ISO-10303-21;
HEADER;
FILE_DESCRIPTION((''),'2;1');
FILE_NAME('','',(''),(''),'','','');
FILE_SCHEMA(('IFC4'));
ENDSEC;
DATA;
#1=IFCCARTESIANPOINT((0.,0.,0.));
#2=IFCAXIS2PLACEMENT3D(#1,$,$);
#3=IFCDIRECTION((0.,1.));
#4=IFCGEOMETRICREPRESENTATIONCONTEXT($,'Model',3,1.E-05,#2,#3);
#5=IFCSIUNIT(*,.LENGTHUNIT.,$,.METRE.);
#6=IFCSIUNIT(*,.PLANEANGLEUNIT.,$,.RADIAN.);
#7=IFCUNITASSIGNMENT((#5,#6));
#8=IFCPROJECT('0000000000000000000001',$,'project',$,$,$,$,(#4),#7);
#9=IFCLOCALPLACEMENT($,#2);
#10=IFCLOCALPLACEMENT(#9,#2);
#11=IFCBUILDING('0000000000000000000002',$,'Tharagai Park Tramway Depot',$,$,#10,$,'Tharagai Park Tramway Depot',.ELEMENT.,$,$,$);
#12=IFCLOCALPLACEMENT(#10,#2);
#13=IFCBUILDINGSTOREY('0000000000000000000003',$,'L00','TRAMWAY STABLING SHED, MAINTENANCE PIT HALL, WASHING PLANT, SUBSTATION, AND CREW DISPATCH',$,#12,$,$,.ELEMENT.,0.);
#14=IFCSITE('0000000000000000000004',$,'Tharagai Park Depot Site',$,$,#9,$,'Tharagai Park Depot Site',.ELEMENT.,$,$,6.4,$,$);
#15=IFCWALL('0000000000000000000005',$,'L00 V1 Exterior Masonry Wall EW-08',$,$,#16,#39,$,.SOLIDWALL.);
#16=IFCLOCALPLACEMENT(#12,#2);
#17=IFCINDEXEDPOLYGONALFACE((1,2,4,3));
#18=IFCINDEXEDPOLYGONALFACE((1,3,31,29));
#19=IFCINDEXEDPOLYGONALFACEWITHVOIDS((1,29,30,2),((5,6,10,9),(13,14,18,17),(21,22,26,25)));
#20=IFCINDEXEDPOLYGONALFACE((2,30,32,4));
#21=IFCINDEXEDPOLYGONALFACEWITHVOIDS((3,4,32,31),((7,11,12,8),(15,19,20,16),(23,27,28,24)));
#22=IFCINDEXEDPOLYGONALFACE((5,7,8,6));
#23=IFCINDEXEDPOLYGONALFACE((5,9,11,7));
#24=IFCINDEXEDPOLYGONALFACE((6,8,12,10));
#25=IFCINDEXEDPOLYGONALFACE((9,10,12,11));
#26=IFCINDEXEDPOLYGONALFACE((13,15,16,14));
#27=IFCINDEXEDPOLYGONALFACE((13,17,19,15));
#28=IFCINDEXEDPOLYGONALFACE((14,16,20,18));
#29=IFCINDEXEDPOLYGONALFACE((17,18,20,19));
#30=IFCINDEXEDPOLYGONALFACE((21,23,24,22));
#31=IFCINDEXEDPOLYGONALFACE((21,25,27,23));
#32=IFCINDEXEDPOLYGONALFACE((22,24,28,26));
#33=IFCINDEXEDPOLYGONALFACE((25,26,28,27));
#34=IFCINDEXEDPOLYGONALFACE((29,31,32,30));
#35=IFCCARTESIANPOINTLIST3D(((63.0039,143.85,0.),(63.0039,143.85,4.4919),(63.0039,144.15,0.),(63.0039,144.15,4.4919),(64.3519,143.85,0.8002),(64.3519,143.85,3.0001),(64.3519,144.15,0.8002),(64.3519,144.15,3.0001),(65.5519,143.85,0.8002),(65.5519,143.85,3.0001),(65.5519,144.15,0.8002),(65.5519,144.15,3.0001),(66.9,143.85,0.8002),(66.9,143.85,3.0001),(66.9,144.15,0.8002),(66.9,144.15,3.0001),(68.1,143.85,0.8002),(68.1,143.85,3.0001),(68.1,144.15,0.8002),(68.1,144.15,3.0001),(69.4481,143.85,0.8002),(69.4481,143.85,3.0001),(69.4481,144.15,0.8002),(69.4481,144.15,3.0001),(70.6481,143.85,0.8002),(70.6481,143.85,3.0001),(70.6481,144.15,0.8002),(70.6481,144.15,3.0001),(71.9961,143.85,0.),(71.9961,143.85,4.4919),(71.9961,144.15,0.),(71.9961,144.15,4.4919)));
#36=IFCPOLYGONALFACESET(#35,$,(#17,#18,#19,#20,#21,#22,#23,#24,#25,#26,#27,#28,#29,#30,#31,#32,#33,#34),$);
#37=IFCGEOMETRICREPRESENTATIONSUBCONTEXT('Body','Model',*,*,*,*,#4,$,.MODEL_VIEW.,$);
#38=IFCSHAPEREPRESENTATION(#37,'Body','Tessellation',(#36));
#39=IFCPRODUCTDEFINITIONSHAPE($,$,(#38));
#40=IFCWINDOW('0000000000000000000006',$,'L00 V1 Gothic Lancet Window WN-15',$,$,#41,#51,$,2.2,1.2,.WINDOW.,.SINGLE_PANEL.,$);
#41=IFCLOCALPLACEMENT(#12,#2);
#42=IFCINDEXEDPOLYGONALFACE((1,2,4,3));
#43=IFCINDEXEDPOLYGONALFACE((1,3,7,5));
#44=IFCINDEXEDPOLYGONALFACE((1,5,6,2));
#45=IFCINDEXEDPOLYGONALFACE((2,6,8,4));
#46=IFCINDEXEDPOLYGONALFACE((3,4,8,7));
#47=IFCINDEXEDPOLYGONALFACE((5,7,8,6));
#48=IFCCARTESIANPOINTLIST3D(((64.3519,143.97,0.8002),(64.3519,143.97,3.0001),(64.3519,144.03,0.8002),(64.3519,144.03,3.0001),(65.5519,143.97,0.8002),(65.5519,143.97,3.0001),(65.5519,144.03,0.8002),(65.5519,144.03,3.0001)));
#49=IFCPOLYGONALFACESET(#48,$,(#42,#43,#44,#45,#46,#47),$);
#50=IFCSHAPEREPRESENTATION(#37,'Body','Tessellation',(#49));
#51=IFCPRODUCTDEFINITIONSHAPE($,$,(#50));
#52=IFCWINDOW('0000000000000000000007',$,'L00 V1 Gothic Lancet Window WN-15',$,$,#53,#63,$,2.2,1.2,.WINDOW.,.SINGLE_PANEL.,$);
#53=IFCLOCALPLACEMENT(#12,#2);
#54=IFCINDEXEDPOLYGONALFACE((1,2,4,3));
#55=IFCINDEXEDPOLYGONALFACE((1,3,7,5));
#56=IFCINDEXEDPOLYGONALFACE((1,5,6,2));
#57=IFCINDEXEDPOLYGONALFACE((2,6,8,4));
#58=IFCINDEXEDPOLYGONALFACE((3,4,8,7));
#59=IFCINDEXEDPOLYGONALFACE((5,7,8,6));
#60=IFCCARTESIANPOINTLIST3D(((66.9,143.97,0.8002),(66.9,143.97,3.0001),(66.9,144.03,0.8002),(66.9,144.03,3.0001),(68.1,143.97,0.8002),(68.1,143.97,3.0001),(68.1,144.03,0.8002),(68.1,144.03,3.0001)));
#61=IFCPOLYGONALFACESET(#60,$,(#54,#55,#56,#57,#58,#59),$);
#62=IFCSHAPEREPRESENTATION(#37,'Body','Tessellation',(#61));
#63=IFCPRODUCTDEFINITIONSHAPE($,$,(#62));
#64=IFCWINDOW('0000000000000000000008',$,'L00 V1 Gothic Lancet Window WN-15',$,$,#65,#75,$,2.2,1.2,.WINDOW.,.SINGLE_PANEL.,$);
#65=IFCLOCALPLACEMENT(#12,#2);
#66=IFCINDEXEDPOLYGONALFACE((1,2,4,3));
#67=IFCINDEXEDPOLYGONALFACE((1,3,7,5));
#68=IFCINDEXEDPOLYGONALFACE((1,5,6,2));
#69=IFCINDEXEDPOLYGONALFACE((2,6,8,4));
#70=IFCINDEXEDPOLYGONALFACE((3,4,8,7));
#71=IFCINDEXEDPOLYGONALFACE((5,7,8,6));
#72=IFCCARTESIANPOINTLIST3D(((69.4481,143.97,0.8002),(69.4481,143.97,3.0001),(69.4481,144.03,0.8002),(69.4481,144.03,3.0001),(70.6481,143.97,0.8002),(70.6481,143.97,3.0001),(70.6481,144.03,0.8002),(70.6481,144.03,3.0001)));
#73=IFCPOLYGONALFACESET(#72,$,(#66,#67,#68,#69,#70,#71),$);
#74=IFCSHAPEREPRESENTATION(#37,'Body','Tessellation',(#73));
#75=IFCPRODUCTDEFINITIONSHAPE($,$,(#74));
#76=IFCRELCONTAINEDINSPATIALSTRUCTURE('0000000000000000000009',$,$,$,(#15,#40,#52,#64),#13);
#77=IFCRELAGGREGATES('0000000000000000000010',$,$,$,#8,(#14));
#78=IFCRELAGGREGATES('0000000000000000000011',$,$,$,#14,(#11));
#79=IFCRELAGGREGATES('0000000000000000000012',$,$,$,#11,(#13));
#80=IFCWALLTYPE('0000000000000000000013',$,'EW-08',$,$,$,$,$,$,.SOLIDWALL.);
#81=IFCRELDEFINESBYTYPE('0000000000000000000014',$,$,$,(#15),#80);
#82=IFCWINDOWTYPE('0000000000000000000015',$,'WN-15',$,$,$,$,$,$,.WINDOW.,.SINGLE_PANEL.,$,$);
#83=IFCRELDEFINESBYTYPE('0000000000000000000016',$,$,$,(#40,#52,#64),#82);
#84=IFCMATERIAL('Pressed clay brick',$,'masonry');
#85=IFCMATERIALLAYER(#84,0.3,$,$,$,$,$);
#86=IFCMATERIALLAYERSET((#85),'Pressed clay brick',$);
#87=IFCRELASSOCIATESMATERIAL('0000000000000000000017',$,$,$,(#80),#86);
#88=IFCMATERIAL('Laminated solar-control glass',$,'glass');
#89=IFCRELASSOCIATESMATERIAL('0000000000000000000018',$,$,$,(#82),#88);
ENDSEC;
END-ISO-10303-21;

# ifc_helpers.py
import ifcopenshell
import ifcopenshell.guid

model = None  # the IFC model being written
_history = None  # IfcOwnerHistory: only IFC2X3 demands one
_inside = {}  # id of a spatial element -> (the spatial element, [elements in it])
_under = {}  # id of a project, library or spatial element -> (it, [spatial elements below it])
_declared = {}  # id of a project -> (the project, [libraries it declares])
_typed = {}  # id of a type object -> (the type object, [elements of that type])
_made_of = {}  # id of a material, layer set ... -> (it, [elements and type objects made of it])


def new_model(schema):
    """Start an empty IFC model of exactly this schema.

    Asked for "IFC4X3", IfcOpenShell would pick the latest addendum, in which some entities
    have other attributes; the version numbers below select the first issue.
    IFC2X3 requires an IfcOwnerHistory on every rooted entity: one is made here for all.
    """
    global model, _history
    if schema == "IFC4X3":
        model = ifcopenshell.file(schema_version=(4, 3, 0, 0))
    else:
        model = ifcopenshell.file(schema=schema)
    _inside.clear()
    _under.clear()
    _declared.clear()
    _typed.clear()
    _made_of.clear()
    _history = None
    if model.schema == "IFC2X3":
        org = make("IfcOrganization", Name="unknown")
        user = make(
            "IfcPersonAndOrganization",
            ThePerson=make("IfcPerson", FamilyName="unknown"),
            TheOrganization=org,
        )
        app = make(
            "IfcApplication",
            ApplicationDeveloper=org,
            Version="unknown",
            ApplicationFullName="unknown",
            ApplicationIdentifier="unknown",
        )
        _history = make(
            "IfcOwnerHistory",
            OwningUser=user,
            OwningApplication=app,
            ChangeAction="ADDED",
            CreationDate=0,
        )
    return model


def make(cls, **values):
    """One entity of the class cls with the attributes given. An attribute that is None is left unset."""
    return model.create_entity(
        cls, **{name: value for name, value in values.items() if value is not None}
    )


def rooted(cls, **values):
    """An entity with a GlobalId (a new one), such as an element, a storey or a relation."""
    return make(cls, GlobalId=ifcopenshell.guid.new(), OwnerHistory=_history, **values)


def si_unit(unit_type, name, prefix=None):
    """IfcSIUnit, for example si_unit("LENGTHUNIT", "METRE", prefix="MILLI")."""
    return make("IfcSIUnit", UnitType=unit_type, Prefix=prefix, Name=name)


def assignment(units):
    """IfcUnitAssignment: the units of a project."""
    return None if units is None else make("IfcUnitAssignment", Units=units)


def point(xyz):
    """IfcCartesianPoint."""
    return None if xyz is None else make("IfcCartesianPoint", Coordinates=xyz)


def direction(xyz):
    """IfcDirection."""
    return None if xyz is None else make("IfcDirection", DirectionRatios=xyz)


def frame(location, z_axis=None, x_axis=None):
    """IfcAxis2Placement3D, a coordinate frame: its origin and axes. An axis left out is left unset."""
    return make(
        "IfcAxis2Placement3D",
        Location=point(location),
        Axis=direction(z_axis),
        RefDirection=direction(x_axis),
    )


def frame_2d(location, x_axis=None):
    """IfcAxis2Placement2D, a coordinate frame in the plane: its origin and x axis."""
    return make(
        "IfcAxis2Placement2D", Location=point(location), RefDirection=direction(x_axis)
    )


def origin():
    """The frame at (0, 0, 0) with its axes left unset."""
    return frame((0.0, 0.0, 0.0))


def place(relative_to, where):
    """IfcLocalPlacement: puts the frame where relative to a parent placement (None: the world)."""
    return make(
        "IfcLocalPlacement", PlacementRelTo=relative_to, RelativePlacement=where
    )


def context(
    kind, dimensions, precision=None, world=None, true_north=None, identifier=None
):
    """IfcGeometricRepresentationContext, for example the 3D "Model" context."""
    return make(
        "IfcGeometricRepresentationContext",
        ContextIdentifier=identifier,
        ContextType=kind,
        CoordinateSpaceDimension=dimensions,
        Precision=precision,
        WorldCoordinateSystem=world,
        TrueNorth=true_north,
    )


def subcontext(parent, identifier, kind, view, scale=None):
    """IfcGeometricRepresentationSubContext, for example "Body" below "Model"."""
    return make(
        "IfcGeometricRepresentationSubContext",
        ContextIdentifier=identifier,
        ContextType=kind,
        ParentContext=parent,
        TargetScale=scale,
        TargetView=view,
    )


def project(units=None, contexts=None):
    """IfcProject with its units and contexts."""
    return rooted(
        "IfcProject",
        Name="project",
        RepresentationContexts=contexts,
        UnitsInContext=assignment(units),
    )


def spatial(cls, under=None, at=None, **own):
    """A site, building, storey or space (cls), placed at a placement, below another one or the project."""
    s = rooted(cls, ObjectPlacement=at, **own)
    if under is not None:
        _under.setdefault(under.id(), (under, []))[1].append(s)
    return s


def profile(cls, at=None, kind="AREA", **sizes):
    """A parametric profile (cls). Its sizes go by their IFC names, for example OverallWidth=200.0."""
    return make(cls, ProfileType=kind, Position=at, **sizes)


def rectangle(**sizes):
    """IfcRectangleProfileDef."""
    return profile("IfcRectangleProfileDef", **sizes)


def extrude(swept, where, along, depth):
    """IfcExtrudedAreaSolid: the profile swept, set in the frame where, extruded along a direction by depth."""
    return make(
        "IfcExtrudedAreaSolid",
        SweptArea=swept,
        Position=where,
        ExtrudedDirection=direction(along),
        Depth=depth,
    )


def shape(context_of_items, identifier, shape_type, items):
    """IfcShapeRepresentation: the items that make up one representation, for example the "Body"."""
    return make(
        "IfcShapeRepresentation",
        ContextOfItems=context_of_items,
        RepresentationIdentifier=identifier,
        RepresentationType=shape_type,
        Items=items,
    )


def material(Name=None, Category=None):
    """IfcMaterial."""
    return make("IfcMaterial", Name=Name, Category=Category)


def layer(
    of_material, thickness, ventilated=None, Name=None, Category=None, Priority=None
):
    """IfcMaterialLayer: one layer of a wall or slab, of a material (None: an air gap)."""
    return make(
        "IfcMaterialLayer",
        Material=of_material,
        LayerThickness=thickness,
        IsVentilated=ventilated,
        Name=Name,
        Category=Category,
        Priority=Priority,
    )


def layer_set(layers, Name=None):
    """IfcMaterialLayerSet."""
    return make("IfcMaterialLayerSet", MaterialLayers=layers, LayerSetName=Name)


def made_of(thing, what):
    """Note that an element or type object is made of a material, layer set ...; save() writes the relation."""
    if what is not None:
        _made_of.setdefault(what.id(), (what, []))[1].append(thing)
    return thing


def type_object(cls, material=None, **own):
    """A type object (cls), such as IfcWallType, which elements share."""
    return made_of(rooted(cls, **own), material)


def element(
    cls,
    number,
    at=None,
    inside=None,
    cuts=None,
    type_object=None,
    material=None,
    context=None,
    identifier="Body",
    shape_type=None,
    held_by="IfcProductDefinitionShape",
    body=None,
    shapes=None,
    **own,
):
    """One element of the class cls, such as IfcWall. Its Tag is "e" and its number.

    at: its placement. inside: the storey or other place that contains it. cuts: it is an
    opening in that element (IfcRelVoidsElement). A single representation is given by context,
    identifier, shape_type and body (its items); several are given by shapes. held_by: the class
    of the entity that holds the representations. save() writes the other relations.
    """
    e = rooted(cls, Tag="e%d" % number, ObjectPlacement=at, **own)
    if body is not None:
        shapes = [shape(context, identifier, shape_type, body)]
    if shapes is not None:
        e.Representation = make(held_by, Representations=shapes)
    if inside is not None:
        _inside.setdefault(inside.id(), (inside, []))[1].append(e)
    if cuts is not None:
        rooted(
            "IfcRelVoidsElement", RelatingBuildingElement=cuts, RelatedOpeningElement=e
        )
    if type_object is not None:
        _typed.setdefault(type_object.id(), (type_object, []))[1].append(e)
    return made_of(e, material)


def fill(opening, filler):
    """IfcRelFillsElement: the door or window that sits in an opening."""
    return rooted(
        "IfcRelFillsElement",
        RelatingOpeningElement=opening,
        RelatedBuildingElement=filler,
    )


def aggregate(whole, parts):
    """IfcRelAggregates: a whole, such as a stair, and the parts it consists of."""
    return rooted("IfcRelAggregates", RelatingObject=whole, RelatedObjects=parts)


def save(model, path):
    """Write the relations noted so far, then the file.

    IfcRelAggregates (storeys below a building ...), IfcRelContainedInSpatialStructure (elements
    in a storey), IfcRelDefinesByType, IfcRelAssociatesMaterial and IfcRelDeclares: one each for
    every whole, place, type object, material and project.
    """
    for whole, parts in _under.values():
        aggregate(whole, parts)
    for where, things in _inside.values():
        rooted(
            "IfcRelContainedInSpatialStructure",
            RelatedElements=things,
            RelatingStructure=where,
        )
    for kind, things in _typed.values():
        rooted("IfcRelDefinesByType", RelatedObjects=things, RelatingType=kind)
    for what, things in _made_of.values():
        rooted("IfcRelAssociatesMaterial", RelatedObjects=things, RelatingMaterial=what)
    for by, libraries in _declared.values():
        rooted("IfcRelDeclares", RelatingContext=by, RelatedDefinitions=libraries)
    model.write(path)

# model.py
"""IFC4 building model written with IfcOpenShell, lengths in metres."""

from ifc_helpers import new_model, si_unit, direction, frame, frame_2d, origin, place, context, subcontext, project, spatial, rectangle, extrude, material, layer, layer_set, type_object, element, fill, save


model = new_model("IFC4")

# Units and contexts
model_context = context("Model", 3, precision=1e-05, world=origin(), true_north=direction((0.0, 1.0)))
body_context = subcontext(model_context, "Body", "Model", "MODEL_VIEW")
ifc_project = project(units=[si_unit("LENGTHUNIT", "METRE"), si_unit("PLANEANGLEUNIT", "RADIAN")], contexts=[model_context])

# Site, building, storey
site_placement = place(None, origin())
site = spatial("IfcSite", under=ifc_project, at=site_placement, Name="Tharagai Park Depot Site", LongName="Tharagai Park Depot Site", CompositionType="ELEMENT", RefElevation=6.4)
building_placement = place(site_placement, origin())
building = spatial("IfcBuilding", under=site, at=building_placement, Name="Tharagai Park Tramway Depot", LongName="Tharagai Park Tramway Depot", CompositionType="ELEMENT")
storey_placement = place(building_placement, origin())
storey = spatial("IfcBuildingStorey", under=building, at=storey_placement, Name="L00", Description="TRAMWAY STABLING SHED, MAINTENANCE PIT HALL, WASHING PLANT, SUBSTATION, AND CREW DISPATCH", CompositionType="ELEMENT", Elevation=0.0)

# Wall, openings, windows
ifc_material_1 = material(Name="Pressed clay brick", Category="masonry")
ifc_layer = layer(ifc_material_1, 0.3)
ifc_layer_set = layer_set([ifc_layer], Name="Pressed clay brick")
wall_type = type_object("IfcWallType", Name="EW-08", PredefinedType="SOLIDWALL", material=ifc_layer_set)
wall_placement = place(storey_placement, frame((63.0039, 144.0, 0.0), z_axis=(0.0, 0.0, 1.0), x_axis=(1.0, 0.0, 0.0)))
wall = element("IfcWall", 1, at=wall_placement, inside=storey, type_object=wall_type, Name="L00 V1 Exterior Masonry Wall EW-08", PredefinedType="SOLIDWALL", context=body_context, shape_type="SweptSolid", body=[
    extrude(rectangle(XDim=8.9922, YDim=0.3, at=frame_2d((4.4961, 0.0))), origin(), (0.0, 0.0, 1.0), 4.4919),
])
opening_1_placement = place(wall_placement, frame((1.3479, 0.0, 0.8)))
opening_1 = element("IfcOpeningElement", 2, at=opening_1_placement, cuts=wall, PredefinedType="OPENING", context=body_context, shape_type="SweptSolid", body=[
    extrude(rectangle(XDim=1.2, YDim=2.2, at=frame_2d((0.6001, 1.1001))), frame((0.0, 0.1599, 0.0), z_axis=(0.0, -1.0, 0.0), x_axis=(1.0, 0.0, 0.0)), (0.0, 0.0, 1.0), 0.3201),
])
opening_2_placement = place(wall_placement, frame((3.896, 0.0, 0.8)))
opening_2 = element("IfcOpeningElement", 3, at=opening_2_placement, cuts=wall, PredefinedType="OPENING", context=body_context, shape_type="SweptSolid", body=[
    extrude(rectangle(XDim=1.2, YDim=2.2, at=frame_2d((0.6001, 1.1001))), frame((0.0, 0.1599, 0.0), z_axis=(0.0, -1.0, 0.0), x_axis=(1.0, 0.0, 0.0)), (0.0, 0.0, 1.0), 0.3201),
])
opening_3_placement = place(wall_placement, frame((6.4441, 0.0, 0.8)))
opening_3 = element("IfcOpeningElement", 4, at=opening_3_placement, cuts=wall, PredefinedType="OPENING", context=body_context, shape_type="SweptSolid", body=[
    extrude(rectangle(XDim=1.2, YDim=2.2, at=frame_2d((0.6001, 1.1001))), frame((0.0, 0.1599, 0.0), z_axis=(0.0, -1.0, 0.0), x_axis=(1.0, 0.0, 0.0)), (0.0, 0.0, 1.0), 0.3201),
])
ifc_material_2 = material(Name="Laminated solar-control glass", Category="glass")
window_type = type_object("IfcWindowType", Name="WN-15", PartitioningType="SINGLE_PANEL", PredefinedType="WINDOW", material=ifc_material_2)
window_1_placement = place(opening_1_placement, origin())
window_1 = element("IfcWindow", 5, at=window_1_placement, inside=storey, type_object=window_type, Name="L00 V1 Gothic Lancet Window WN-15", OverallHeight=2.2, OverallWidth=1.2, PartitioningType="SINGLE_PANEL", PredefinedType="WINDOW", context=body_context, shape_type="SweptSolid", body=[
    extrude(rectangle(XDim=1.2, YDim=2.2, at=frame_2d((0.6001, 1.1001))), frame((0.0, 0.03, 0.0), z_axis=(0.0, -1.0, 0.0), x_axis=(1.0, 0.0, 0.0)), (0.0, 0.0, 1.0), 0.0601),
])
fill(opening_1, window_1)
window_2_placement = place(opening_2_placement, origin())
window_2 = element("IfcWindow", 6, at=window_2_placement, inside=storey, type_object=window_type, Name="L00 V1 Gothic Lancet Window WN-15", OverallHeight=2.2, OverallWidth=1.2, PartitioningType="SINGLE_PANEL", PredefinedType="WINDOW", context=body_context, shape_type="SweptSolid", body=[
    extrude(rectangle(XDim=1.2, YDim=2.2, at=frame_2d((0.6001, 1.1001))), frame((0.0, 0.03, 0.0), z_axis=(0.0, -1.0, 0.0), x_axis=(1.0, 0.0, 0.0)), (0.0, 0.0, 1.0), 0.0601),
])
fill(opening_2, window_2)
window_3_placement = place(opening_3_placement, origin())
window_3 = element("IfcWindow", 7, at=window_3_placement, inside=storey, type_object=window_type, Name="L00 V1 Gothic Lancet Window WN-15", OverallHeight=2.2, OverallWidth=1.2, PartitioningType="SINGLE_PANEL", PredefinedType="WINDOW", context=body_context, shape_type="SweptSolid", body=[
    extrude(rectangle(XDim=1.2, YDim=2.2, at=frame_2d((0.6001, 1.1001))), frame((0.0, 0.03, 0.0), z_axis=(0.0, -1.0, 0.0), x_axis=(1.0, 0.0, 0.0)), (0.0, 0.0, 1.0), 0.0601),
])
fill(opening_3, window_3)

save(model, "model.ifc")
